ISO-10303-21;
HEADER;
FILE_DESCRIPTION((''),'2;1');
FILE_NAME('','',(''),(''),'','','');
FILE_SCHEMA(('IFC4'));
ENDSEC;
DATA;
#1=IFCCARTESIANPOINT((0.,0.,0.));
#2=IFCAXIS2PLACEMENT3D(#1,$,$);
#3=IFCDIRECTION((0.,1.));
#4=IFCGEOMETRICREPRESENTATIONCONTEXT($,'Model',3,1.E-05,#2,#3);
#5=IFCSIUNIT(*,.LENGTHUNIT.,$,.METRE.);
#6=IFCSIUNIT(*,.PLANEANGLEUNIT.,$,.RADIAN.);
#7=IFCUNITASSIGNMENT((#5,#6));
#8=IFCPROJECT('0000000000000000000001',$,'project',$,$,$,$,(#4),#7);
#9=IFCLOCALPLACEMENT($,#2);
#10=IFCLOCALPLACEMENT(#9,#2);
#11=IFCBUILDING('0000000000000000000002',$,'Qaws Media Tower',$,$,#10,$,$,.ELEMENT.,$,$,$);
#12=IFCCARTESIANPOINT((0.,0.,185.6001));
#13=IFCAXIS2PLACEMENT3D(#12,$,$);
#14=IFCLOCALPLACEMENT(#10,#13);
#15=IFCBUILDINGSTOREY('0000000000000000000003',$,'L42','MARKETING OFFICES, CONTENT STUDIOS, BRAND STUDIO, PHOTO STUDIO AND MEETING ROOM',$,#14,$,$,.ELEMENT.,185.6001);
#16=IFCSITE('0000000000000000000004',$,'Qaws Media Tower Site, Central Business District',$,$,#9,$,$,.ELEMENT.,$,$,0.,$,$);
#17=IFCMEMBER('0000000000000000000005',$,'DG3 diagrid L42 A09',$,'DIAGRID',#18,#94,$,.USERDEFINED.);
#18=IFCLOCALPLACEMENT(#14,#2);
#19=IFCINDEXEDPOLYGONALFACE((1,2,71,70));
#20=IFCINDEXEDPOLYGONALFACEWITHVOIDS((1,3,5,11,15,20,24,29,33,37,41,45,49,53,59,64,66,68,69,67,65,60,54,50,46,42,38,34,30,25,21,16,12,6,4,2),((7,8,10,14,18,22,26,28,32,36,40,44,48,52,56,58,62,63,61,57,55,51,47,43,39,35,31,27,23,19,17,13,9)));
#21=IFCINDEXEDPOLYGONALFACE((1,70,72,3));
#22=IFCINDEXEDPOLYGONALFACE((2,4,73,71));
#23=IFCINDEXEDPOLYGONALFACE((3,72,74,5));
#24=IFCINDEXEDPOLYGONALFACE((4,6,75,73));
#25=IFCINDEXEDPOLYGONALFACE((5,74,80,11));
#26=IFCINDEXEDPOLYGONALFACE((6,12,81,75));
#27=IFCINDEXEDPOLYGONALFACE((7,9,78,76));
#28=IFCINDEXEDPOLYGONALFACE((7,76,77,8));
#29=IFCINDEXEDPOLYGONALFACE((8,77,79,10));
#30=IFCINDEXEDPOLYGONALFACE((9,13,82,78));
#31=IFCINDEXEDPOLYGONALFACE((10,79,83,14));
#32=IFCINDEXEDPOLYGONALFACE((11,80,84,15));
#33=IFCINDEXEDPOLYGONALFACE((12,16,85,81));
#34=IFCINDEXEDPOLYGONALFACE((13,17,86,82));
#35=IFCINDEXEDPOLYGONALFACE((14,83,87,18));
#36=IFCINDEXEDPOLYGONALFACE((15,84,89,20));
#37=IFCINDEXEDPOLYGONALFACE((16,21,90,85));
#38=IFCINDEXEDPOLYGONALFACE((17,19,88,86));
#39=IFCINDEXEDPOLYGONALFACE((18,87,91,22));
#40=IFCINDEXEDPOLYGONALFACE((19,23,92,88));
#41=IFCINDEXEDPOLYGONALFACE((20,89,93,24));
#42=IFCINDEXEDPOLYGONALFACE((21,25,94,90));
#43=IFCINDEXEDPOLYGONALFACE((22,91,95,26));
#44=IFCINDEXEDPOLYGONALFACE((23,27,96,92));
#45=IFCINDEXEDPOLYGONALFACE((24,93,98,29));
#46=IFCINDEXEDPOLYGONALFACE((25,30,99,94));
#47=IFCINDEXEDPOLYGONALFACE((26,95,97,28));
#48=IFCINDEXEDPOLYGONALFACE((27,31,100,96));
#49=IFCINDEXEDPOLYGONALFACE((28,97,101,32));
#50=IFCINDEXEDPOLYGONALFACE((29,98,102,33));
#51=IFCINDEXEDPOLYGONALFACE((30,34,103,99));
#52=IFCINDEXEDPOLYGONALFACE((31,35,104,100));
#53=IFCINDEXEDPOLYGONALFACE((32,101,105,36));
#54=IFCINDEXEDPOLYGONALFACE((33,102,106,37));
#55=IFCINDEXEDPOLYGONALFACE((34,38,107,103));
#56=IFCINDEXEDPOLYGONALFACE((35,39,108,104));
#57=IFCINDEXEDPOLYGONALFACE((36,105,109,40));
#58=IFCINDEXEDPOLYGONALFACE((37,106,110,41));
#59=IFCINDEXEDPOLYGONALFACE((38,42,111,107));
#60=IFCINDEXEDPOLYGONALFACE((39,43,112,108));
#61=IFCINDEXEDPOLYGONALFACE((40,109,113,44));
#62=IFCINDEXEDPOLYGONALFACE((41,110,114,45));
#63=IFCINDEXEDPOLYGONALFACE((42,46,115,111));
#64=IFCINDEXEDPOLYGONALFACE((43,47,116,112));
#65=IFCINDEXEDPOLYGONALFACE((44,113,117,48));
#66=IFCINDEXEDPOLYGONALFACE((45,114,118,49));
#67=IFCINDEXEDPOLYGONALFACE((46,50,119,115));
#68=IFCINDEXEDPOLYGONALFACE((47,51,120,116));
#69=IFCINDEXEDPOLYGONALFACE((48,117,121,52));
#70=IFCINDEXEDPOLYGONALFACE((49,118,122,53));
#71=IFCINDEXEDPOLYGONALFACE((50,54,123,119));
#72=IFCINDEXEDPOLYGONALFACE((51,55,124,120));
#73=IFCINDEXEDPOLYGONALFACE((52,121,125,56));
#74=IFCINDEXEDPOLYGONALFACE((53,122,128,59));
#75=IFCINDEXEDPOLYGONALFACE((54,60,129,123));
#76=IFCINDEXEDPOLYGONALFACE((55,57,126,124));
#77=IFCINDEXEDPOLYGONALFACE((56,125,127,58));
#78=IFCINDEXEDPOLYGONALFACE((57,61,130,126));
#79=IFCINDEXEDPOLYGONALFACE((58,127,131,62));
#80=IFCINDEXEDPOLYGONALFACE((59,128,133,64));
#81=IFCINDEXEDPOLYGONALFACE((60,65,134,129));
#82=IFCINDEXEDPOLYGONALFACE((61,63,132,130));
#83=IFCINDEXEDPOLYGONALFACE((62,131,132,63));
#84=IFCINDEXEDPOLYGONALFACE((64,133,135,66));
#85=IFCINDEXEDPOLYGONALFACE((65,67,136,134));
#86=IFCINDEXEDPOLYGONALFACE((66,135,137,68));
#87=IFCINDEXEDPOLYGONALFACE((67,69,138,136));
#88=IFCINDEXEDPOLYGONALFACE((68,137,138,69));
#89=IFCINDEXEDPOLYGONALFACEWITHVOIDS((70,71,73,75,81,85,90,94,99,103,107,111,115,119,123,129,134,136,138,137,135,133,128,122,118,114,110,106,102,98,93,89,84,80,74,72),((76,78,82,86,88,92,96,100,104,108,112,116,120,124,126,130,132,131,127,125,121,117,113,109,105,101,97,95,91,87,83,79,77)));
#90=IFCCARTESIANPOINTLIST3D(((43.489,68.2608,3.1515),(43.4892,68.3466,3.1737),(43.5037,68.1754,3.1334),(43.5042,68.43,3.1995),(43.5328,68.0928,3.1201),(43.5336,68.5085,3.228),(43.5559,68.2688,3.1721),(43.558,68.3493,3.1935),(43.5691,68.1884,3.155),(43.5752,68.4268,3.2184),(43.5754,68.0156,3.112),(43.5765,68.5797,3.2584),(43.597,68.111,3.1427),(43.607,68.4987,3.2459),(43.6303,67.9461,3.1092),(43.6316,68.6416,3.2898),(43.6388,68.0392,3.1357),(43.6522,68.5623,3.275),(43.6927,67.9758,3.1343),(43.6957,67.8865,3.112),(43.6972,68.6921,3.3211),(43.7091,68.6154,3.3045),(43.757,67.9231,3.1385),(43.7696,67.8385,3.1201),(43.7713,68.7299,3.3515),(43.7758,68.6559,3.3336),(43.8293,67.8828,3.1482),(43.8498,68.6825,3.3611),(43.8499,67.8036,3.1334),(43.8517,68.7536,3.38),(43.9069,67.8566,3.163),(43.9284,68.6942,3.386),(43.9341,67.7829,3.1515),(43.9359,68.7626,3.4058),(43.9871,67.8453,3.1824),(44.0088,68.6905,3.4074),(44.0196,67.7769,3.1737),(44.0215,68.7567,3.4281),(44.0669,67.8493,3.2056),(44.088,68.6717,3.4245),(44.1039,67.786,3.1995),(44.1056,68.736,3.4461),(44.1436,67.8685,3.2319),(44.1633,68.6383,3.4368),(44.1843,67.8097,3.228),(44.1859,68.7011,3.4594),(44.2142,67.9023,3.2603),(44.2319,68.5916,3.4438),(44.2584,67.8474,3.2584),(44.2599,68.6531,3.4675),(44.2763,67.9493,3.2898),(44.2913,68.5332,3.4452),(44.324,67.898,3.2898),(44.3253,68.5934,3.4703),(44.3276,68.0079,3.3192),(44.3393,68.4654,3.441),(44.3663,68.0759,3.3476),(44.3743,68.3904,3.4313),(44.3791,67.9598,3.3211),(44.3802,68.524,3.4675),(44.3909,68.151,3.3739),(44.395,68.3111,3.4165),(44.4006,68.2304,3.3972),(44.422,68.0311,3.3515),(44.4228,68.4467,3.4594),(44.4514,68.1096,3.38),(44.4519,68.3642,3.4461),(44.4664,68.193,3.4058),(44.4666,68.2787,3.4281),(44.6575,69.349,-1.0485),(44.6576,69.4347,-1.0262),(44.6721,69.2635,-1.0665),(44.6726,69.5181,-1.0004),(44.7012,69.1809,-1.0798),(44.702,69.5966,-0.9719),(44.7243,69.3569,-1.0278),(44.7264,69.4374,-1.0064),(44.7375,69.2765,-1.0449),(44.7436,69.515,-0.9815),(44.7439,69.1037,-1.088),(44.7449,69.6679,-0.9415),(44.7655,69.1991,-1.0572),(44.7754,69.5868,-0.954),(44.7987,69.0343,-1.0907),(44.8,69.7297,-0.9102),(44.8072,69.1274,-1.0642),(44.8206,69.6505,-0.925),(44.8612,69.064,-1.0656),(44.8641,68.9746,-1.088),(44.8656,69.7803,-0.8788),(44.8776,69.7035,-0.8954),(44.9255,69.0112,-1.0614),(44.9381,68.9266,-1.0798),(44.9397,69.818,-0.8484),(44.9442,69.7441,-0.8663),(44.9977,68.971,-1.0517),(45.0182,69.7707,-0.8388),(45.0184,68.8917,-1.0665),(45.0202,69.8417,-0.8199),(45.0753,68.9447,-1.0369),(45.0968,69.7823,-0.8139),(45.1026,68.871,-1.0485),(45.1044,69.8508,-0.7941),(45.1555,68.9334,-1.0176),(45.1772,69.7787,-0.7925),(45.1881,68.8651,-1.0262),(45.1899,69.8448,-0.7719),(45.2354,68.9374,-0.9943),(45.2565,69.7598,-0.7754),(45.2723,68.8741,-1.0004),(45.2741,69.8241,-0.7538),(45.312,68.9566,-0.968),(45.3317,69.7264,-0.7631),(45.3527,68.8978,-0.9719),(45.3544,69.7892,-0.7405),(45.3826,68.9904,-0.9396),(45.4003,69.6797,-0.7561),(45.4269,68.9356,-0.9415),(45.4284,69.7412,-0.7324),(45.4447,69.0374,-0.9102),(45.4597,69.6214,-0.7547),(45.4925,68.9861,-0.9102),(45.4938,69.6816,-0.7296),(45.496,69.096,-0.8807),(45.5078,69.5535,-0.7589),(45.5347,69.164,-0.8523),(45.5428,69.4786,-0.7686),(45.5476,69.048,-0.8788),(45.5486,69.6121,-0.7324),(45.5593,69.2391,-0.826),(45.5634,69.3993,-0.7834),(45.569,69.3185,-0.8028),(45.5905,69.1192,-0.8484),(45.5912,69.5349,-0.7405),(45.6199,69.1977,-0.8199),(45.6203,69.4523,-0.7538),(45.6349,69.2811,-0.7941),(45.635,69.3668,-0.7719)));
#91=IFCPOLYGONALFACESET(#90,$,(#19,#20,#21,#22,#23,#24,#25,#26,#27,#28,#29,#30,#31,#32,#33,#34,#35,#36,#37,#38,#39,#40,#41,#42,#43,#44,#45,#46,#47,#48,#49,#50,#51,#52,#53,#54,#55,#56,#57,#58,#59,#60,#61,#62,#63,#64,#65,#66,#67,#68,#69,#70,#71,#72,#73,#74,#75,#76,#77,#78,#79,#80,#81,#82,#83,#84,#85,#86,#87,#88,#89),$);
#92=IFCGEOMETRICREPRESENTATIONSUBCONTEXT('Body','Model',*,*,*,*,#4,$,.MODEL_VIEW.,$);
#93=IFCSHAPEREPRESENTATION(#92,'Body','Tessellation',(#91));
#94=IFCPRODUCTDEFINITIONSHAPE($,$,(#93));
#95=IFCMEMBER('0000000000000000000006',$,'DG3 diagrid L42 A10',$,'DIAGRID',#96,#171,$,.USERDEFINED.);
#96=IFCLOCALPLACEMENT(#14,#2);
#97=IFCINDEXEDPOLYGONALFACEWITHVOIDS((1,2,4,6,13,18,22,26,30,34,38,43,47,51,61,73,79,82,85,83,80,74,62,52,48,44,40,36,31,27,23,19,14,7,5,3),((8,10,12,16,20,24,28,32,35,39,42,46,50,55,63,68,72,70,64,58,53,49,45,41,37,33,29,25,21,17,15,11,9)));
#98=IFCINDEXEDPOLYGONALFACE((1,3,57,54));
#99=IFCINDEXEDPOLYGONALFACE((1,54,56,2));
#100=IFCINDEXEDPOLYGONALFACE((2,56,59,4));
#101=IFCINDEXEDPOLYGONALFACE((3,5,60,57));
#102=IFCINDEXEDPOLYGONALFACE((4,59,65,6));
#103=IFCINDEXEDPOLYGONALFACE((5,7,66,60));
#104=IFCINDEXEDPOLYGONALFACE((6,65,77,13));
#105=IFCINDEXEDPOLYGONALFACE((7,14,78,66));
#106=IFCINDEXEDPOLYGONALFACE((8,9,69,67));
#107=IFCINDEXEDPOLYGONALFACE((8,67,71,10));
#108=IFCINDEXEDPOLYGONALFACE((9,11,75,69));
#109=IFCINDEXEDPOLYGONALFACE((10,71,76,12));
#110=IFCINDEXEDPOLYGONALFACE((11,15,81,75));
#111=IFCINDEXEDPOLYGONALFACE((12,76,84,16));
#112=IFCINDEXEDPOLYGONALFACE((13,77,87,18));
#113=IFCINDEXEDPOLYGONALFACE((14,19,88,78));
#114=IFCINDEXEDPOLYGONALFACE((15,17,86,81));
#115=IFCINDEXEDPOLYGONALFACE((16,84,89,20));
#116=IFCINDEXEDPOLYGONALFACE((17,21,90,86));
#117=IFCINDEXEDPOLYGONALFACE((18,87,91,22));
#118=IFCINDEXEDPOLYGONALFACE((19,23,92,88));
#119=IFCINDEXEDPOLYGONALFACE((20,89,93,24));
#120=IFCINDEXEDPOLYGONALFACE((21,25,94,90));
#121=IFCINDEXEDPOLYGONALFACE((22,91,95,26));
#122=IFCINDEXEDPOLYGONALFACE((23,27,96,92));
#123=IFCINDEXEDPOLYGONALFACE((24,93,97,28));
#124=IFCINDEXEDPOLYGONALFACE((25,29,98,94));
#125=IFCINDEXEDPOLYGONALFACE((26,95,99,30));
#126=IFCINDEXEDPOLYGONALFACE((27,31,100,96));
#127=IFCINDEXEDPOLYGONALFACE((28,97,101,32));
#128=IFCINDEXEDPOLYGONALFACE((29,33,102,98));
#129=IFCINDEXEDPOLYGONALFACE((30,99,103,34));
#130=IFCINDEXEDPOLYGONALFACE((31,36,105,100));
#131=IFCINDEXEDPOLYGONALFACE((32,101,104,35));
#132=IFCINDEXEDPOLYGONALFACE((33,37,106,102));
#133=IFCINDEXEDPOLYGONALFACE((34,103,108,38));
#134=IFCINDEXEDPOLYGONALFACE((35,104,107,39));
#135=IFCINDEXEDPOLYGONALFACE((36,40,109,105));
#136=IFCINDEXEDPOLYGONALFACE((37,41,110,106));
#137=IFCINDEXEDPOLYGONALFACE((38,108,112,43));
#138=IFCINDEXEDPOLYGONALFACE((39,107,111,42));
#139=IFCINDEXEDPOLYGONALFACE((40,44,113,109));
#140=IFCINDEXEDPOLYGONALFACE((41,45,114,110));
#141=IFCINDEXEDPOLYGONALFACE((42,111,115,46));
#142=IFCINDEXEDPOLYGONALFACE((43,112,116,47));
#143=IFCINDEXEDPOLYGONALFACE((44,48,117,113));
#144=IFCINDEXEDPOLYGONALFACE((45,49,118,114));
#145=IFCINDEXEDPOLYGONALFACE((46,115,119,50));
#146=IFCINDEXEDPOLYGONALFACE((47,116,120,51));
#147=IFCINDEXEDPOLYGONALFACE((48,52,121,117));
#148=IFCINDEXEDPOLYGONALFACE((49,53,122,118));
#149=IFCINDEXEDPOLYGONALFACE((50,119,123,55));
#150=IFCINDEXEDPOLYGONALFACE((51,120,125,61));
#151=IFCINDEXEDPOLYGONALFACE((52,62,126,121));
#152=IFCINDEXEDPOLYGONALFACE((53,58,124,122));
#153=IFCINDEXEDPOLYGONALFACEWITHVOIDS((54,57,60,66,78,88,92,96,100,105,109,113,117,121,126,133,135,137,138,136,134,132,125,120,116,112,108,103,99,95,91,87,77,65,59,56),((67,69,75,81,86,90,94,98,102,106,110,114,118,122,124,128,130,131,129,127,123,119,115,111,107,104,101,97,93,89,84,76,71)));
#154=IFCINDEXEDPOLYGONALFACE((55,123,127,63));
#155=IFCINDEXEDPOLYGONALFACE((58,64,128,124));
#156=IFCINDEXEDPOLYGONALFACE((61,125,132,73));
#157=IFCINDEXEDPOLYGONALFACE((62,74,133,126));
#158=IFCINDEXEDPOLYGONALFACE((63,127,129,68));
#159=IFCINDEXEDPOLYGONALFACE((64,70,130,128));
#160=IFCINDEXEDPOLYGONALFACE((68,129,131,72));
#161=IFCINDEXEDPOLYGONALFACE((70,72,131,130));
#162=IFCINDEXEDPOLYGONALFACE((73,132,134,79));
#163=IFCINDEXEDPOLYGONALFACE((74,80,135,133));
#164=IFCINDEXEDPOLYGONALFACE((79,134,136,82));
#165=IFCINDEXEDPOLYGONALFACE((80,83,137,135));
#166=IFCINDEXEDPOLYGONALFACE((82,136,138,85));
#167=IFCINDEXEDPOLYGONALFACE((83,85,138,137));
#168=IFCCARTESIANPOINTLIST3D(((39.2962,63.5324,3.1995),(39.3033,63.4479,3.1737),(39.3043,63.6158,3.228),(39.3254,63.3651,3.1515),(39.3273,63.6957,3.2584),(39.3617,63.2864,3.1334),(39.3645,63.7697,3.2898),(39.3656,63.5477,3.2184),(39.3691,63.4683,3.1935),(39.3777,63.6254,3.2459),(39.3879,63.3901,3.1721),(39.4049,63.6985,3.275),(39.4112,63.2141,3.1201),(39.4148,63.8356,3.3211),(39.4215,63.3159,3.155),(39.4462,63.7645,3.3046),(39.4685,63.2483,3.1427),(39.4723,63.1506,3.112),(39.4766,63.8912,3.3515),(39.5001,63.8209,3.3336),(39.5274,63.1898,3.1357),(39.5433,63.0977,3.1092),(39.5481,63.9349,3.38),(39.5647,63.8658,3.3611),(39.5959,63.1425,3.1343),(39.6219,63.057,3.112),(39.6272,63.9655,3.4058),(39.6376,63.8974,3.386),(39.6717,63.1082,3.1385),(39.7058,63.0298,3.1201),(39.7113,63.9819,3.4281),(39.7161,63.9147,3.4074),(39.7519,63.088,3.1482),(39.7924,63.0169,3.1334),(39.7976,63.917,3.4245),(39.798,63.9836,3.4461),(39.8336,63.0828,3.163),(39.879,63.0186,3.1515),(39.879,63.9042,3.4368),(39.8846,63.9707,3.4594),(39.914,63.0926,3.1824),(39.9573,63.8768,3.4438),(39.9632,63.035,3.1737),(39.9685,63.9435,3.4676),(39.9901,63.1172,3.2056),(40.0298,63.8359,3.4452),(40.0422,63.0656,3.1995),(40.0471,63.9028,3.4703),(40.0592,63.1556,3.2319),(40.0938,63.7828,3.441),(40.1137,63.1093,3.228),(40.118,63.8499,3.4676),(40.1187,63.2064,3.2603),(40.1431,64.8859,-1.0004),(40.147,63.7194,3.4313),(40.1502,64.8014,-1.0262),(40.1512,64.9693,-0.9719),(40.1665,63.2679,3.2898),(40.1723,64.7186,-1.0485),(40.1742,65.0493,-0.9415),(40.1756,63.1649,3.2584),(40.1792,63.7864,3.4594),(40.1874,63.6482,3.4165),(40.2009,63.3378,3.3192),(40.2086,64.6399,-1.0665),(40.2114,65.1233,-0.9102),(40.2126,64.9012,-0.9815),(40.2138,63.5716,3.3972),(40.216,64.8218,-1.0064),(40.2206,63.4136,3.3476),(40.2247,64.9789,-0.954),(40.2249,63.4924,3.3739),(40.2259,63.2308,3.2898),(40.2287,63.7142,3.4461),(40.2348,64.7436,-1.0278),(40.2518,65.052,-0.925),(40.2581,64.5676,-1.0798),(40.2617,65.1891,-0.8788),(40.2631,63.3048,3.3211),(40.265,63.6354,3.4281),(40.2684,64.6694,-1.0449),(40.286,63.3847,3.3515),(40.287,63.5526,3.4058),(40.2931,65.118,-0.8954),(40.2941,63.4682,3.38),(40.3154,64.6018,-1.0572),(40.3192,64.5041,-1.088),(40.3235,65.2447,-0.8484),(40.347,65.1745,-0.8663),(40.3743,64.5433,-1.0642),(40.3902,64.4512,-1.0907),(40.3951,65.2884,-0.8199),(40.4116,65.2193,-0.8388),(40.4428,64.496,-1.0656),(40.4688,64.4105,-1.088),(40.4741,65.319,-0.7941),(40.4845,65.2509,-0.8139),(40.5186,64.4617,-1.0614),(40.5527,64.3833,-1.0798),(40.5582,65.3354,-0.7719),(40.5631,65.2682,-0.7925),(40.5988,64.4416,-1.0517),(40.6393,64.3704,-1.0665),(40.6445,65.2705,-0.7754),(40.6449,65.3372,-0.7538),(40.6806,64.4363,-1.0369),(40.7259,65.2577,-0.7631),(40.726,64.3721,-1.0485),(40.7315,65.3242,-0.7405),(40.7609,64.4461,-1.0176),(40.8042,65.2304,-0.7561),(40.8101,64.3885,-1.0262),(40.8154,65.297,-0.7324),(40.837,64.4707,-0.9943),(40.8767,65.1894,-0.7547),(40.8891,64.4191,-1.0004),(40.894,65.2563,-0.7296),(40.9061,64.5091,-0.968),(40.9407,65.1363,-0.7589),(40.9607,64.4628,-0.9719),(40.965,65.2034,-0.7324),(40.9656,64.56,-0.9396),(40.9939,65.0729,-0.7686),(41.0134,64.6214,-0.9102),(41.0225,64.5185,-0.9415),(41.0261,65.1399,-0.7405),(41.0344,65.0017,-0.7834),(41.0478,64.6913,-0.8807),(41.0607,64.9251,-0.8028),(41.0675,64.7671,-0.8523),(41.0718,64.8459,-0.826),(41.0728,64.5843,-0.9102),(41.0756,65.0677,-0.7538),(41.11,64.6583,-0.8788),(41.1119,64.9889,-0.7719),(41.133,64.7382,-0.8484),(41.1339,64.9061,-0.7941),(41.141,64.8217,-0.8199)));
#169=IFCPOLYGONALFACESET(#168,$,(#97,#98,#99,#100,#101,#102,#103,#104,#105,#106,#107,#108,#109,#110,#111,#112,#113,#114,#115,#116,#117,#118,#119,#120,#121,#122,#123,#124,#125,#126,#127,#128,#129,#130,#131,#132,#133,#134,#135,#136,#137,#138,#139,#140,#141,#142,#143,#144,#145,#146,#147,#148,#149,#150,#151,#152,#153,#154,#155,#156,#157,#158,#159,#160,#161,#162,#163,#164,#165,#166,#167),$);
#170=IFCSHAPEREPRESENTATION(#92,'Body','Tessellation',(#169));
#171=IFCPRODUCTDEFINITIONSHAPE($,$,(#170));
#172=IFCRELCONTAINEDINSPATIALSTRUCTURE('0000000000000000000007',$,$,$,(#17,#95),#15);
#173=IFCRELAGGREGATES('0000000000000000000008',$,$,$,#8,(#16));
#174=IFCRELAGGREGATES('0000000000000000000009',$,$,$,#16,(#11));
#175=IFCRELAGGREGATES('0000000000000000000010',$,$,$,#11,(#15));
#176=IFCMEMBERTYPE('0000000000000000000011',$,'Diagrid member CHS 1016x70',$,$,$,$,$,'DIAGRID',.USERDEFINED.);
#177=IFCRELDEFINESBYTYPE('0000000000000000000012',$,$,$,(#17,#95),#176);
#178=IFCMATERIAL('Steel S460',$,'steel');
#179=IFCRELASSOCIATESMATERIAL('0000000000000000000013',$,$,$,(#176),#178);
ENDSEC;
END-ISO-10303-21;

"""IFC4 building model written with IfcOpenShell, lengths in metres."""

from ifc_helpers import new_model, si_unit, direction, frame, origin, origin_2d, place, context, subcontext, project, spatial, hollow_circle, extrude, material, material_profile, profile_set, type_object, element, save


model = new_model("IFC4")

# Units and contexts
model_context = context("Model", 3, precision=1e-05, world=origin(), true_north=direction((0.0, 1.0)))
body_context = subcontext(model_context, "Body", "Model", "MODEL_VIEW")
ifc_project = project(units=[si_unit("LENGTHUNIT", "METRE"), si_unit("PLANEANGLEUNIT", "RADIAN")], contexts=[model_context])

# Site, building, storey
site_placement = place(None, origin())
site = spatial("IfcSite", under=ifc_project, at=site_placement, Name="Qaws Media Tower Site, Central Business District", CompositionType="ELEMENT", RefElevation=0.0)
building_placement = place(site_placement, origin())
building = spatial("IfcBuilding", under=site, at=building_placement, Name="Qaws Media Tower", CompositionType="ELEMENT")
storey_placement = place(building_placement, frame((0.0, 0.0, 185.6001)))
storey = spatial("IfcBuildingStorey", under=building, at=storey_placement, Name="L42", Description="MARKETING OFFICES, CONTENT STUDIOS, BRAND STUDIO, PHOTO STUDIO AND MEETING ROOM", CompositionType="ELEMENT", Elevation=185.6001)

# Members
ifc_material_1 = material(Name="Steel S460", Category="steel")
ifc_material_profile_1 = material_profile(ifc_material_1, hollow_circle(Radius=0.5081, WallThickness=0.0701, at=origin_2d()), Name="CHS 1016x70")
ifc_profile_set_1 = profile_set([ifc_material_profile_1], Name="Steel S460")
member_type_1 = type_object("IfcMemberType", Name="Diagrid member CHS 1016x70", ElementType="DIAGRID", PredefinedType="USERDEFINED", material=ifc_profile_set_1)
for number, where, z_axis, x_axis, name in (
    (1, (45.1462, 69.3579, -0.9102), (-0.26005, -0.242173, 0.934733), (0.681506, -0.731812, 0.0), "DG3 diagrid L42 A09"),
    (2, (40.6421, 64.8538, -0.9102), (-0.18849, -0.301236, 0.934734), (0.847723, -0.530439, 0.0), "DG3 diagrid L42 A10"),
):
    element("IfcMember", number, at=place(storey_placement, frame(where, z_axis=z_axis, x_axis=x_axis)), inside=storey, type_object=member_type_1, Name=name, ObjectType="DIAGRID", PredefinedType="USERDEFINED", context=body_context, shape_type="SweptSolid", body=[
        extrude(hollow_circle(Radius=0.5081, WallThickness=0.0701, at=origin_2d()), origin(), (0.0, 0.0, 1.0), 4.4932),
    ])

save(model, "model.ifc")
